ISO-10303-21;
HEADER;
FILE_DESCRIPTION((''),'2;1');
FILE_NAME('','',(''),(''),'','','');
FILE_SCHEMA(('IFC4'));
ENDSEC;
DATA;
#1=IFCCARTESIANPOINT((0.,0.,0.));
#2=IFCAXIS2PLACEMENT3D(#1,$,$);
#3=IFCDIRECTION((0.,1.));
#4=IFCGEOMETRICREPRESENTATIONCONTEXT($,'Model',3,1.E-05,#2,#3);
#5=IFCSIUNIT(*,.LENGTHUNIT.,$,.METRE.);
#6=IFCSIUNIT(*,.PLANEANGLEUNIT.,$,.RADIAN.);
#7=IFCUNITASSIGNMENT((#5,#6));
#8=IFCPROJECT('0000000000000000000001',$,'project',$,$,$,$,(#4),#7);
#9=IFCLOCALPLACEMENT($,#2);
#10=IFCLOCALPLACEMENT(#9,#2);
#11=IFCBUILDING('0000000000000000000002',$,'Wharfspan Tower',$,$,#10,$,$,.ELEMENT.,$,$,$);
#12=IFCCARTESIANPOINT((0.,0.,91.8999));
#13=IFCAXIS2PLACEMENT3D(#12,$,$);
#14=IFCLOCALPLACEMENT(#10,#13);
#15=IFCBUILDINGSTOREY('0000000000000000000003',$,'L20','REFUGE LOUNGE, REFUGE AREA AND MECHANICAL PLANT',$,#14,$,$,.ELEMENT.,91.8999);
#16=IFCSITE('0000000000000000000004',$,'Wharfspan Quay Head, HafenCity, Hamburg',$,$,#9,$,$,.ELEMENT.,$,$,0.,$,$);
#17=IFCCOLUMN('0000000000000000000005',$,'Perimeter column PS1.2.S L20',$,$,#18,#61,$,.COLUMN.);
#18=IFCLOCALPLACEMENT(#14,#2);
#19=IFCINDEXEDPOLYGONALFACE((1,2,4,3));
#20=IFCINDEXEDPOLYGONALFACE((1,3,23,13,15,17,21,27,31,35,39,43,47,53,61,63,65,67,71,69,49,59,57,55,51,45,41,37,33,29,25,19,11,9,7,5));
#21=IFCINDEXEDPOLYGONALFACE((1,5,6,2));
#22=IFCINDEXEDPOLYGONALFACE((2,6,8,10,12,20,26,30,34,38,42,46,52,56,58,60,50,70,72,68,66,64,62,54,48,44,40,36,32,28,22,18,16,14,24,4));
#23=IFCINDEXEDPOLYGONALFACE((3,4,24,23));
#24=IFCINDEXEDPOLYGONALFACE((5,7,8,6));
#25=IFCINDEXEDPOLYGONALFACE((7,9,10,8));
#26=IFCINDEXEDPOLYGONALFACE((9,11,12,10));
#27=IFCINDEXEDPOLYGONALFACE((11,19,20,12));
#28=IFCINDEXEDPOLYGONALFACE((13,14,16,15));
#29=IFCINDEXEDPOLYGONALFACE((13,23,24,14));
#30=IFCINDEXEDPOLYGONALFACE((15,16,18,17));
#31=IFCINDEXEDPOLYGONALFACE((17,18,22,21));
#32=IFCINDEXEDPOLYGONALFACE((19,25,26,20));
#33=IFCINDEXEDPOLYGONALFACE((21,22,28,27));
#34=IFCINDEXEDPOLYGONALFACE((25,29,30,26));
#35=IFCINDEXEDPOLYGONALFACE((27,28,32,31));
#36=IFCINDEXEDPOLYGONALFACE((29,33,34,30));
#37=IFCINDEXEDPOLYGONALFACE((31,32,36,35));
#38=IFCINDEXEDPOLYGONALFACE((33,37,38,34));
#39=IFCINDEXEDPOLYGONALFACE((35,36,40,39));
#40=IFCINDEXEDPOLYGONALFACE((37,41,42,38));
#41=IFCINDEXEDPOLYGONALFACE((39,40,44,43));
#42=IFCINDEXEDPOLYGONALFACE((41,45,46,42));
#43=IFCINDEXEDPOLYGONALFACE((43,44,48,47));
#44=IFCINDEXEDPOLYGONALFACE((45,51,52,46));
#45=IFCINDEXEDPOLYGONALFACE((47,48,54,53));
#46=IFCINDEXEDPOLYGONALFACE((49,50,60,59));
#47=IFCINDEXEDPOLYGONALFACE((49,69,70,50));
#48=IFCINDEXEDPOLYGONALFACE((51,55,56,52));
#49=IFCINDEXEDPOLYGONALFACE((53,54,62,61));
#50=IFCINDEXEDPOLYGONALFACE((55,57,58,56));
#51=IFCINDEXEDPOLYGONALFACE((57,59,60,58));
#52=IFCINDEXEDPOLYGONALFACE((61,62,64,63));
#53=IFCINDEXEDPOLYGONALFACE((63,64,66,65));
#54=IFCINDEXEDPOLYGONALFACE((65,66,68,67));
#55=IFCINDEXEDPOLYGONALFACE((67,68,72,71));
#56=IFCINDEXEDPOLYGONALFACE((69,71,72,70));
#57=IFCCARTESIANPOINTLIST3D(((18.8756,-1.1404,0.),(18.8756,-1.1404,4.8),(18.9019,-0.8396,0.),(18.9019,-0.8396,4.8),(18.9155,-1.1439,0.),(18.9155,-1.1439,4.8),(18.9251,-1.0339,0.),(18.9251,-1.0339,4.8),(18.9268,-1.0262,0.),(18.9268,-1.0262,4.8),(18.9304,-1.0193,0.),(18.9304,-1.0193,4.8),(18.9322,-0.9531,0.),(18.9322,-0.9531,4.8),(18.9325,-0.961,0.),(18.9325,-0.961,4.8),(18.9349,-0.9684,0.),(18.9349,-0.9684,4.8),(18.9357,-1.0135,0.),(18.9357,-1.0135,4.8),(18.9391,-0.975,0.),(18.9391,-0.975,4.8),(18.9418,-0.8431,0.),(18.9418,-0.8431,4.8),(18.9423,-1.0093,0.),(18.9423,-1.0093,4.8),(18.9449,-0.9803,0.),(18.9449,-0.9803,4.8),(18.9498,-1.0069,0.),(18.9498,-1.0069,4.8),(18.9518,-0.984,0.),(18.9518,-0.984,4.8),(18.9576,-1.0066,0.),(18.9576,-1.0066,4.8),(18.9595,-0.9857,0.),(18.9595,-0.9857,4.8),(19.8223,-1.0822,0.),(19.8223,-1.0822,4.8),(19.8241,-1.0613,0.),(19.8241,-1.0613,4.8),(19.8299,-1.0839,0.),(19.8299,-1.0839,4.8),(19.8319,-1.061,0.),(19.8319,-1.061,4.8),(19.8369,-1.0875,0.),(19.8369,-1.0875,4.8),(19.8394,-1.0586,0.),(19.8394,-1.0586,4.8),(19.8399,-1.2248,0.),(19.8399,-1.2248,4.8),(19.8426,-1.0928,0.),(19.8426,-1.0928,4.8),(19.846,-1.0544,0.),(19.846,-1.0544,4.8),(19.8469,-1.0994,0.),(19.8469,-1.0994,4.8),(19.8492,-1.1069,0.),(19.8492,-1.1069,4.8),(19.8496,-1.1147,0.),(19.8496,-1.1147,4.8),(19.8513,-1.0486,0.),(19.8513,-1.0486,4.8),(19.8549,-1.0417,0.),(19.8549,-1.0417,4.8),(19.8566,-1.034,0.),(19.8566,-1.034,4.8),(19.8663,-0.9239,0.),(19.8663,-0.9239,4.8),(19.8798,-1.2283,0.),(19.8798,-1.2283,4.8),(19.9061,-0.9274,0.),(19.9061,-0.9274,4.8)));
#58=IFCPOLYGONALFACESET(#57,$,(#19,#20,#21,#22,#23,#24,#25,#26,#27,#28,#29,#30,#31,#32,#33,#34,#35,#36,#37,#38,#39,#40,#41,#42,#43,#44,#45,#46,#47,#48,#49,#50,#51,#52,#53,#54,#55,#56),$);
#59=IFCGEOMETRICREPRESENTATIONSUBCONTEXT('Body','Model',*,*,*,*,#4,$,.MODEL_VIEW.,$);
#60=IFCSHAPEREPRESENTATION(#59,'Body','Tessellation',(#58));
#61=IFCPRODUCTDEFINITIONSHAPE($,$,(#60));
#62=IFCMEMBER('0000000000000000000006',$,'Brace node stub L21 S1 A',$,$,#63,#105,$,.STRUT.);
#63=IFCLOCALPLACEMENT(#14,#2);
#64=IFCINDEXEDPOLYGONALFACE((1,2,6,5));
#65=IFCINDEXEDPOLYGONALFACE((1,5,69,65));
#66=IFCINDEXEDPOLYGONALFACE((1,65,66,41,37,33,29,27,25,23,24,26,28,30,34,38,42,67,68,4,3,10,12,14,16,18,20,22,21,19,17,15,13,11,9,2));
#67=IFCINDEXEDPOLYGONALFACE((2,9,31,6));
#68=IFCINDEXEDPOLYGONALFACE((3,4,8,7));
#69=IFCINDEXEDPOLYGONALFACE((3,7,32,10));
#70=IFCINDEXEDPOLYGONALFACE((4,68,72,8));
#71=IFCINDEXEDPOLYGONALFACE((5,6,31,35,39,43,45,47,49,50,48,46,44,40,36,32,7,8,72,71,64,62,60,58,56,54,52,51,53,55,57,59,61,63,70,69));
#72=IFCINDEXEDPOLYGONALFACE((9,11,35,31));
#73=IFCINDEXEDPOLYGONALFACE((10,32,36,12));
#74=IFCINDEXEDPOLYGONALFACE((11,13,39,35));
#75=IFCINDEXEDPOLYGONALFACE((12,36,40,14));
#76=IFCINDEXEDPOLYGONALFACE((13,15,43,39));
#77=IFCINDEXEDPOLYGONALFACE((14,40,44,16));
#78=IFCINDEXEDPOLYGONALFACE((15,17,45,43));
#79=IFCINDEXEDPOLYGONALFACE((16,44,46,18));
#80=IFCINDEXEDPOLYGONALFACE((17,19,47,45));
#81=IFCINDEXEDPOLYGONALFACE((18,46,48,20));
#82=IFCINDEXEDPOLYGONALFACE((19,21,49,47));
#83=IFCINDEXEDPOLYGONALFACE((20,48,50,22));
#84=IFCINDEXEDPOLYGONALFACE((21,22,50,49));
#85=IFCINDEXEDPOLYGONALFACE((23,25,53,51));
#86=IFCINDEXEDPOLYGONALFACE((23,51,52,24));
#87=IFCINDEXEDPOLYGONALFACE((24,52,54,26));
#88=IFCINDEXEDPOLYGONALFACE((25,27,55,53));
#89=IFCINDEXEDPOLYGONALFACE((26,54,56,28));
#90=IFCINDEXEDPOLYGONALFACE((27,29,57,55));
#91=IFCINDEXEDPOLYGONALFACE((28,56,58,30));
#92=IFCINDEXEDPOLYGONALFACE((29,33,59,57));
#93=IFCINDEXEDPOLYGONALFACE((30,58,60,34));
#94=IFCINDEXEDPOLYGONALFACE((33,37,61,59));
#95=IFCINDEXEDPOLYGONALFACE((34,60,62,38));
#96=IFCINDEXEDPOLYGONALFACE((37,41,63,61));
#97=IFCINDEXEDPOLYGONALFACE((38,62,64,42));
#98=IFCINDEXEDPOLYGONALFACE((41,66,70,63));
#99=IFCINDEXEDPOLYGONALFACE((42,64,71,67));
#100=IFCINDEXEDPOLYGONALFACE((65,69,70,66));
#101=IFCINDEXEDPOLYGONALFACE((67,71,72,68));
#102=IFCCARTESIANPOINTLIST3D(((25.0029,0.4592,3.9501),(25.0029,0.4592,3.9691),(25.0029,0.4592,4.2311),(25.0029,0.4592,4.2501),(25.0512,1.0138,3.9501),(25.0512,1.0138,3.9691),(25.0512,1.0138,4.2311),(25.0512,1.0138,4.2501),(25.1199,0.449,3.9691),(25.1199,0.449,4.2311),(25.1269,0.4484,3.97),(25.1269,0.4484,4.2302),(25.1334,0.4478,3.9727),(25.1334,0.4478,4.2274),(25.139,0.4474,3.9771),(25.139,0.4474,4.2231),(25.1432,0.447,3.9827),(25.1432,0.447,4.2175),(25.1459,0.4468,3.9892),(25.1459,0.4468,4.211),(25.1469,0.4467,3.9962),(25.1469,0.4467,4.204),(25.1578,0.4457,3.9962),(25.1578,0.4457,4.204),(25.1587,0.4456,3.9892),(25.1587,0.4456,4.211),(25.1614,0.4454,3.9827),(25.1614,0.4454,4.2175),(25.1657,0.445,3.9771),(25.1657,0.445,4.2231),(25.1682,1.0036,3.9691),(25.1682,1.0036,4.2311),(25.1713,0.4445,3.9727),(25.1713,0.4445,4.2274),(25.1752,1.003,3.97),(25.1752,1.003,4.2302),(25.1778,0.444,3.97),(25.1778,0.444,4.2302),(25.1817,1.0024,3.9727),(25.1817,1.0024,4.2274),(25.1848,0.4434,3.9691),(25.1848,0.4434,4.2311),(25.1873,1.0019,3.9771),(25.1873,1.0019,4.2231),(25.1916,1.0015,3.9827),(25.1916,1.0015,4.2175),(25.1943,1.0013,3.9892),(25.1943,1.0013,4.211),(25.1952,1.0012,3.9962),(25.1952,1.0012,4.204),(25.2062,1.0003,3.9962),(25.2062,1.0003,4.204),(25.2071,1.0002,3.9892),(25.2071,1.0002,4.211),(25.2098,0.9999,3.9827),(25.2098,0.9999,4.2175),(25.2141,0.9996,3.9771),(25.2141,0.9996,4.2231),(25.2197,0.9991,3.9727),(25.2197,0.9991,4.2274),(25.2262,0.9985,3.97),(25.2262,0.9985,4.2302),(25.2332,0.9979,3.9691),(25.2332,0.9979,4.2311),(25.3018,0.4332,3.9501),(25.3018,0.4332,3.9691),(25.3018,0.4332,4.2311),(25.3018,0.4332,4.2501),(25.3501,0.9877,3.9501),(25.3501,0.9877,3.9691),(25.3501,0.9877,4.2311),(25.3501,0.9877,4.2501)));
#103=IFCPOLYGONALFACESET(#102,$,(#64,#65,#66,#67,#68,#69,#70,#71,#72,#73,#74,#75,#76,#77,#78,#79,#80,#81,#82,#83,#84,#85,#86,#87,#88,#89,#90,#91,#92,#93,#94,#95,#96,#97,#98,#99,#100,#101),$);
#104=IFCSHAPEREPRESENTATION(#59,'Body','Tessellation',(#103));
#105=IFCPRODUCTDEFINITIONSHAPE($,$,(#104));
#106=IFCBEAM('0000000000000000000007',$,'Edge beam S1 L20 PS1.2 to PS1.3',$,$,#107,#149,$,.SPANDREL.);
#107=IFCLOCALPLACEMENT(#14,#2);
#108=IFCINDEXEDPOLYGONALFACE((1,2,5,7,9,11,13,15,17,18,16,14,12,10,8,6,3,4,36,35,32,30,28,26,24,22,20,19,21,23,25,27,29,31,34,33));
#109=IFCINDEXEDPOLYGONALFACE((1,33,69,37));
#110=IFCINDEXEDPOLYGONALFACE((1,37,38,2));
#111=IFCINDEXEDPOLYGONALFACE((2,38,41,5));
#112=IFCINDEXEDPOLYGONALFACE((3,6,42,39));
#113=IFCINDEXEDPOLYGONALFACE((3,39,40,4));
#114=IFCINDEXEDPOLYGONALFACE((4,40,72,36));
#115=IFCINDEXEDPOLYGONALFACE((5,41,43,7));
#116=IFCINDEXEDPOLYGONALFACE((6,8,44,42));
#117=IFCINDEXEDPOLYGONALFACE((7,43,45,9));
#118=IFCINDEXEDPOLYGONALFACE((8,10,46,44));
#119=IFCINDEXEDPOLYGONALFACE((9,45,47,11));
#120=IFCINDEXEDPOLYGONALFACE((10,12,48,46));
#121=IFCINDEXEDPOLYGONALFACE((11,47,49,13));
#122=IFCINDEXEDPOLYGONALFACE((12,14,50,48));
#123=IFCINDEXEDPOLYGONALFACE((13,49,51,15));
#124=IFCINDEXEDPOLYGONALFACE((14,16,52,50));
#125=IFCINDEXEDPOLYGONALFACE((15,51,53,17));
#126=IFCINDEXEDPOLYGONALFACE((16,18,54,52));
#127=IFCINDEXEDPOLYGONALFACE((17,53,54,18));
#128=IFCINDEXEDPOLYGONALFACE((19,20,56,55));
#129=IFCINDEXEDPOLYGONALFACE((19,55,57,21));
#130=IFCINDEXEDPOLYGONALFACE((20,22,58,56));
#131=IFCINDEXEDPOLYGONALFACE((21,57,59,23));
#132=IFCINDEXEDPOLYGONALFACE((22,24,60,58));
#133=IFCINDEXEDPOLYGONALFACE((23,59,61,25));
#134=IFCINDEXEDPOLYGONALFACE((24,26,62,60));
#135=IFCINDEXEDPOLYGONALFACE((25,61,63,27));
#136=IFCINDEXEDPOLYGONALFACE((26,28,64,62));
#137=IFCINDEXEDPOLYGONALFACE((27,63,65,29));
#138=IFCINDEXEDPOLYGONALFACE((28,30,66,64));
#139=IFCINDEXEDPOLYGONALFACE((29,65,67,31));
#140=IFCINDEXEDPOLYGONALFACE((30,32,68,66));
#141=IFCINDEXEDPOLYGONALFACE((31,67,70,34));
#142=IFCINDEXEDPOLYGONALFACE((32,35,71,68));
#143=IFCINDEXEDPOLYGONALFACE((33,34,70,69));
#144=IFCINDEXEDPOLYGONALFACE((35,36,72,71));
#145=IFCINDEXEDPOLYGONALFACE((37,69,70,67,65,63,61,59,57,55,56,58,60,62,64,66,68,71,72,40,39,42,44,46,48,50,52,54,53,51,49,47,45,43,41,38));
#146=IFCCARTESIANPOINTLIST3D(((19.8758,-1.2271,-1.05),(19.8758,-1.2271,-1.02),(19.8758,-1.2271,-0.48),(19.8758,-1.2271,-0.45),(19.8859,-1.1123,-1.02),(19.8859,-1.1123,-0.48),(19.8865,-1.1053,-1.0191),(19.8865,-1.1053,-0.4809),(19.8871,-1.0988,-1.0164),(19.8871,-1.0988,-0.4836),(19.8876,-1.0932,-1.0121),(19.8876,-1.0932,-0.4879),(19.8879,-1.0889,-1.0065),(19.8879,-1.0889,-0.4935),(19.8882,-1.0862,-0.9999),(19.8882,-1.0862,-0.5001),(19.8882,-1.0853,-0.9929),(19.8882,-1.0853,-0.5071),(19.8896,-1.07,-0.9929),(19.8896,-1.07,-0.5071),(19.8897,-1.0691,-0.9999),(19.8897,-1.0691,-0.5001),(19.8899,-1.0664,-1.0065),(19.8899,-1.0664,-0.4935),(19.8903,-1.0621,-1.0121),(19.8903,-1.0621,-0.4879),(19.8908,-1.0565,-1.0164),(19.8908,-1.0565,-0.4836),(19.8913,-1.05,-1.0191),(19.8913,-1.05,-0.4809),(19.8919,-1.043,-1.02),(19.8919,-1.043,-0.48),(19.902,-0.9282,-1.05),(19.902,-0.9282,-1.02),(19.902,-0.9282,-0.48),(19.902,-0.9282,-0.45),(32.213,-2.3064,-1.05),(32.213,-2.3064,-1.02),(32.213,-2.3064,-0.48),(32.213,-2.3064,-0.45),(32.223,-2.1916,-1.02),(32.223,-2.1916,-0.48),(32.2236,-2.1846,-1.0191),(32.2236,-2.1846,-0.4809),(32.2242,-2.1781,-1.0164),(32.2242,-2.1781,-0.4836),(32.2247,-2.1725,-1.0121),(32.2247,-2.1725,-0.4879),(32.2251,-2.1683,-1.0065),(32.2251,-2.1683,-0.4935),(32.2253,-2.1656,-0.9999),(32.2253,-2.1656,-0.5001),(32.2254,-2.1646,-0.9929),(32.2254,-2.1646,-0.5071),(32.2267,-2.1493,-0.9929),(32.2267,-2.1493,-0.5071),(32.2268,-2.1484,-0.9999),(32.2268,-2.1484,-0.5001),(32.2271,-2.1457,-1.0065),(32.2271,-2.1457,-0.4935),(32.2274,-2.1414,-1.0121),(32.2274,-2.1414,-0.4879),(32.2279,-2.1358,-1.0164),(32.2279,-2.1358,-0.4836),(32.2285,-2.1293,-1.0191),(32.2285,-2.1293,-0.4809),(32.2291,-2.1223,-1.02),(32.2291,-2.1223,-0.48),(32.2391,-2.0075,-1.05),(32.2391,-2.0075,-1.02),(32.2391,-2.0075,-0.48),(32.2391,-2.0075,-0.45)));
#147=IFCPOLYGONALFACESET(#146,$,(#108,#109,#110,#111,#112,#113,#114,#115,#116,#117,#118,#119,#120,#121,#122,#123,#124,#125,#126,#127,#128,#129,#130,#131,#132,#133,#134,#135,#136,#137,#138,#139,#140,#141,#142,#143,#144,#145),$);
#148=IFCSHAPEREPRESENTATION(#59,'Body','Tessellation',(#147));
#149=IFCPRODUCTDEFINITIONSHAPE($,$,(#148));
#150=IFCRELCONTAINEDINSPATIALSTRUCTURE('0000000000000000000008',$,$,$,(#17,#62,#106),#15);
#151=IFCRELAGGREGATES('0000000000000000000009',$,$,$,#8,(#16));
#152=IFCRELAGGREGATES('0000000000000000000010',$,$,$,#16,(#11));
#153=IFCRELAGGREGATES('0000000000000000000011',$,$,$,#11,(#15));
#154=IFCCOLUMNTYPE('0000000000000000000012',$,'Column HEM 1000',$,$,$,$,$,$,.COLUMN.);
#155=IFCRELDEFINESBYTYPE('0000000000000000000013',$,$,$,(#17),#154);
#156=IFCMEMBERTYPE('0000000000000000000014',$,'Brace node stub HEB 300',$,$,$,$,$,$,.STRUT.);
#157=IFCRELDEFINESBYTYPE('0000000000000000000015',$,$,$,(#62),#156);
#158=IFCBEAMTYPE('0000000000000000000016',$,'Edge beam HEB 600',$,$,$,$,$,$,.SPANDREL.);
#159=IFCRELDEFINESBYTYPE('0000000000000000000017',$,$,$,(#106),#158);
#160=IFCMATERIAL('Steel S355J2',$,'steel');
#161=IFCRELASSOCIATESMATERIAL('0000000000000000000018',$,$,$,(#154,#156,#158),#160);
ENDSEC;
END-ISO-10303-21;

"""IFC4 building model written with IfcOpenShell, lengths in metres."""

from ifc_helpers import new_model, si_unit, direction, frame, origin, origin_2d, place, context, subcontext, project, spatial, i_section, extrude, material, material_profile, profile_set, type_object, element, save


model = new_model("IFC4")

# Units and contexts
model_context = context("Model", 3, precision=1e-05, world=origin(), true_north=direction((0.0, 1.0)))
body_context = subcontext(model_context, "Body", "Model", "MODEL_VIEW")
ifc_project = project(units=[si_unit("LENGTHUNIT", "METRE"), si_unit("PLANEANGLEUNIT", "RADIAN")], contexts=[model_context])

# Site, building, storey
site_placement = place(None, origin())
site = spatial("IfcSite", under=ifc_project, at=site_placement, Name="Wharfspan Quay Head, HafenCity, Hamburg", CompositionType="ELEMENT", RefElevation=0.0)
building_placement = place(site_placement, origin())
building = spatial("IfcBuilding", under=site, at=building_placement, Name="Wharfspan Tower", CompositionType="ELEMENT")
storey_placement = place(building_placement, frame((0.0, 0.0, 91.8999)))
storey = spatial("IfcBuildingStorey", under=building, at=storey_placement, Name="L20", Description="REFUGE LOUNGE, REFUGE AREA AND MECHANICAL PLANT", CompositionType="ELEMENT", Elevation=91.8999)

# Column
ifc_material_1 = material(Name="Steel S355J2", Category="steel")
ifc_material_profile_1 = material_profile(ifc_material_1, i_section(OverallWidth=0.302, OverallDepth=1.0081, WebThickness=0.021, FlangeThickness=0.04, FilletRadius=0.03, at=origin_2d()))
ifc_profile_set_1 = profile_set([ifc_material_profile_1], Name="Steel S355J2")
column_type = type_object("IfcColumnType", Name="Column HEM 1000", PredefinedType="COLUMN", material=ifc_profile_set_1)
column_placement = place(storey_placement, frame((19.3909, -1.0339, 0.0), z_axis=(0.0, 0.0, 1.0), x_axis=(-0.087156, -0.996198, 0.0)))
element("IfcColumn", 1, at=column_placement, inside=storey, type_object=column_type, Name="Perimeter column PS1.2.S L20", PredefinedType="COLUMN", context=body_context, shape_type="SweptSolid", body=[
    extrude(i_section(OverallWidth=0.302, OverallDepth=1.0081, WebThickness=0.021, FlangeThickness=0.04, FilletRadius=0.03, at=origin_2d()), origin(), (0.0, 0.0, 1.0), 4.8),
])

# Member
ifc_material_profile_2 = material_profile(ifc_material_1, i_section(OverallWidth=0.3, OverallDepth=0.3, WebThickness=0.011, FlangeThickness=0.019, FilletRadius=0.0271, at=origin_2d()))
ifc_profile_set_2 = profile_set([ifc_material_profile_2], Name="Steel S355J2")
member_type_1 = type_object("IfcMemberType", Name="Brace node stub HEB 300", PredefinedType="STRUT", material=ifc_profile_set_2)
member_1_placement = place(storey_placement, frame((25.2007, 1.0007, 4.1001), z_axis=(-0.086857, -0.996221, 0.0), x_axis=(0.996221, -0.086857, 0.0)))
element("IfcMember", 2, at=member_1_placement, inside=storey, type_object=member_type_1, Name="Brace node stub L21 S1 A", PredefinedType="STRUT", context=body_context, shape_type="SweptSolid", body=[
    extrude(i_section(OverallWidth=0.3, OverallDepth=0.3, WebThickness=0.011, FlangeThickness=0.019, FilletRadius=0.0271, at=origin_2d()), origin(), (0.0, 0.0, 1.0), 0.5566),
])

# Beam
ifc_material_profile_3 = material_profile(ifc_material_1, i_section(OverallWidth=0.3, OverallDepth=0.6001, WebThickness=0.0154, FlangeThickness=0.03, FilletRadius=0.0271, at=origin_2d()))
ifc_profile_set_3 = profile_set([ifc_material_profile_3], Name="Steel S355J2")
beam_type = type_object("IfcBeamType", Name="Edge beam HEB 600", PredefinedType="SPANDREL", material=ifc_profile_set_3)
beam_placement = place(storey_placement, frame((19.8889, -1.0776, -0.75), z_axis=(0.996195, -0.087154, 0.0), x_axis=(0.087154, 0.996195, 0.0)))
element("IfcBeam", 3, at=beam_placement, inside=storey, type_object=beam_type, Name="Edge beam S1 L20 PS1.2 to PS1.3", PredefinedType="SPANDREL", context=body_context, shape_type="SweptSolid", body=[
    extrude(i_section(OverallWidth=0.3, OverallDepth=0.6001, WebThickness=0.0154, FlangeThickness=0.03, FilletRadius=0.0271, at=origin_2d()), origin(), (0.0, 0.0, 1.0), 12.3843),
])

save(model, "model.ifc")
